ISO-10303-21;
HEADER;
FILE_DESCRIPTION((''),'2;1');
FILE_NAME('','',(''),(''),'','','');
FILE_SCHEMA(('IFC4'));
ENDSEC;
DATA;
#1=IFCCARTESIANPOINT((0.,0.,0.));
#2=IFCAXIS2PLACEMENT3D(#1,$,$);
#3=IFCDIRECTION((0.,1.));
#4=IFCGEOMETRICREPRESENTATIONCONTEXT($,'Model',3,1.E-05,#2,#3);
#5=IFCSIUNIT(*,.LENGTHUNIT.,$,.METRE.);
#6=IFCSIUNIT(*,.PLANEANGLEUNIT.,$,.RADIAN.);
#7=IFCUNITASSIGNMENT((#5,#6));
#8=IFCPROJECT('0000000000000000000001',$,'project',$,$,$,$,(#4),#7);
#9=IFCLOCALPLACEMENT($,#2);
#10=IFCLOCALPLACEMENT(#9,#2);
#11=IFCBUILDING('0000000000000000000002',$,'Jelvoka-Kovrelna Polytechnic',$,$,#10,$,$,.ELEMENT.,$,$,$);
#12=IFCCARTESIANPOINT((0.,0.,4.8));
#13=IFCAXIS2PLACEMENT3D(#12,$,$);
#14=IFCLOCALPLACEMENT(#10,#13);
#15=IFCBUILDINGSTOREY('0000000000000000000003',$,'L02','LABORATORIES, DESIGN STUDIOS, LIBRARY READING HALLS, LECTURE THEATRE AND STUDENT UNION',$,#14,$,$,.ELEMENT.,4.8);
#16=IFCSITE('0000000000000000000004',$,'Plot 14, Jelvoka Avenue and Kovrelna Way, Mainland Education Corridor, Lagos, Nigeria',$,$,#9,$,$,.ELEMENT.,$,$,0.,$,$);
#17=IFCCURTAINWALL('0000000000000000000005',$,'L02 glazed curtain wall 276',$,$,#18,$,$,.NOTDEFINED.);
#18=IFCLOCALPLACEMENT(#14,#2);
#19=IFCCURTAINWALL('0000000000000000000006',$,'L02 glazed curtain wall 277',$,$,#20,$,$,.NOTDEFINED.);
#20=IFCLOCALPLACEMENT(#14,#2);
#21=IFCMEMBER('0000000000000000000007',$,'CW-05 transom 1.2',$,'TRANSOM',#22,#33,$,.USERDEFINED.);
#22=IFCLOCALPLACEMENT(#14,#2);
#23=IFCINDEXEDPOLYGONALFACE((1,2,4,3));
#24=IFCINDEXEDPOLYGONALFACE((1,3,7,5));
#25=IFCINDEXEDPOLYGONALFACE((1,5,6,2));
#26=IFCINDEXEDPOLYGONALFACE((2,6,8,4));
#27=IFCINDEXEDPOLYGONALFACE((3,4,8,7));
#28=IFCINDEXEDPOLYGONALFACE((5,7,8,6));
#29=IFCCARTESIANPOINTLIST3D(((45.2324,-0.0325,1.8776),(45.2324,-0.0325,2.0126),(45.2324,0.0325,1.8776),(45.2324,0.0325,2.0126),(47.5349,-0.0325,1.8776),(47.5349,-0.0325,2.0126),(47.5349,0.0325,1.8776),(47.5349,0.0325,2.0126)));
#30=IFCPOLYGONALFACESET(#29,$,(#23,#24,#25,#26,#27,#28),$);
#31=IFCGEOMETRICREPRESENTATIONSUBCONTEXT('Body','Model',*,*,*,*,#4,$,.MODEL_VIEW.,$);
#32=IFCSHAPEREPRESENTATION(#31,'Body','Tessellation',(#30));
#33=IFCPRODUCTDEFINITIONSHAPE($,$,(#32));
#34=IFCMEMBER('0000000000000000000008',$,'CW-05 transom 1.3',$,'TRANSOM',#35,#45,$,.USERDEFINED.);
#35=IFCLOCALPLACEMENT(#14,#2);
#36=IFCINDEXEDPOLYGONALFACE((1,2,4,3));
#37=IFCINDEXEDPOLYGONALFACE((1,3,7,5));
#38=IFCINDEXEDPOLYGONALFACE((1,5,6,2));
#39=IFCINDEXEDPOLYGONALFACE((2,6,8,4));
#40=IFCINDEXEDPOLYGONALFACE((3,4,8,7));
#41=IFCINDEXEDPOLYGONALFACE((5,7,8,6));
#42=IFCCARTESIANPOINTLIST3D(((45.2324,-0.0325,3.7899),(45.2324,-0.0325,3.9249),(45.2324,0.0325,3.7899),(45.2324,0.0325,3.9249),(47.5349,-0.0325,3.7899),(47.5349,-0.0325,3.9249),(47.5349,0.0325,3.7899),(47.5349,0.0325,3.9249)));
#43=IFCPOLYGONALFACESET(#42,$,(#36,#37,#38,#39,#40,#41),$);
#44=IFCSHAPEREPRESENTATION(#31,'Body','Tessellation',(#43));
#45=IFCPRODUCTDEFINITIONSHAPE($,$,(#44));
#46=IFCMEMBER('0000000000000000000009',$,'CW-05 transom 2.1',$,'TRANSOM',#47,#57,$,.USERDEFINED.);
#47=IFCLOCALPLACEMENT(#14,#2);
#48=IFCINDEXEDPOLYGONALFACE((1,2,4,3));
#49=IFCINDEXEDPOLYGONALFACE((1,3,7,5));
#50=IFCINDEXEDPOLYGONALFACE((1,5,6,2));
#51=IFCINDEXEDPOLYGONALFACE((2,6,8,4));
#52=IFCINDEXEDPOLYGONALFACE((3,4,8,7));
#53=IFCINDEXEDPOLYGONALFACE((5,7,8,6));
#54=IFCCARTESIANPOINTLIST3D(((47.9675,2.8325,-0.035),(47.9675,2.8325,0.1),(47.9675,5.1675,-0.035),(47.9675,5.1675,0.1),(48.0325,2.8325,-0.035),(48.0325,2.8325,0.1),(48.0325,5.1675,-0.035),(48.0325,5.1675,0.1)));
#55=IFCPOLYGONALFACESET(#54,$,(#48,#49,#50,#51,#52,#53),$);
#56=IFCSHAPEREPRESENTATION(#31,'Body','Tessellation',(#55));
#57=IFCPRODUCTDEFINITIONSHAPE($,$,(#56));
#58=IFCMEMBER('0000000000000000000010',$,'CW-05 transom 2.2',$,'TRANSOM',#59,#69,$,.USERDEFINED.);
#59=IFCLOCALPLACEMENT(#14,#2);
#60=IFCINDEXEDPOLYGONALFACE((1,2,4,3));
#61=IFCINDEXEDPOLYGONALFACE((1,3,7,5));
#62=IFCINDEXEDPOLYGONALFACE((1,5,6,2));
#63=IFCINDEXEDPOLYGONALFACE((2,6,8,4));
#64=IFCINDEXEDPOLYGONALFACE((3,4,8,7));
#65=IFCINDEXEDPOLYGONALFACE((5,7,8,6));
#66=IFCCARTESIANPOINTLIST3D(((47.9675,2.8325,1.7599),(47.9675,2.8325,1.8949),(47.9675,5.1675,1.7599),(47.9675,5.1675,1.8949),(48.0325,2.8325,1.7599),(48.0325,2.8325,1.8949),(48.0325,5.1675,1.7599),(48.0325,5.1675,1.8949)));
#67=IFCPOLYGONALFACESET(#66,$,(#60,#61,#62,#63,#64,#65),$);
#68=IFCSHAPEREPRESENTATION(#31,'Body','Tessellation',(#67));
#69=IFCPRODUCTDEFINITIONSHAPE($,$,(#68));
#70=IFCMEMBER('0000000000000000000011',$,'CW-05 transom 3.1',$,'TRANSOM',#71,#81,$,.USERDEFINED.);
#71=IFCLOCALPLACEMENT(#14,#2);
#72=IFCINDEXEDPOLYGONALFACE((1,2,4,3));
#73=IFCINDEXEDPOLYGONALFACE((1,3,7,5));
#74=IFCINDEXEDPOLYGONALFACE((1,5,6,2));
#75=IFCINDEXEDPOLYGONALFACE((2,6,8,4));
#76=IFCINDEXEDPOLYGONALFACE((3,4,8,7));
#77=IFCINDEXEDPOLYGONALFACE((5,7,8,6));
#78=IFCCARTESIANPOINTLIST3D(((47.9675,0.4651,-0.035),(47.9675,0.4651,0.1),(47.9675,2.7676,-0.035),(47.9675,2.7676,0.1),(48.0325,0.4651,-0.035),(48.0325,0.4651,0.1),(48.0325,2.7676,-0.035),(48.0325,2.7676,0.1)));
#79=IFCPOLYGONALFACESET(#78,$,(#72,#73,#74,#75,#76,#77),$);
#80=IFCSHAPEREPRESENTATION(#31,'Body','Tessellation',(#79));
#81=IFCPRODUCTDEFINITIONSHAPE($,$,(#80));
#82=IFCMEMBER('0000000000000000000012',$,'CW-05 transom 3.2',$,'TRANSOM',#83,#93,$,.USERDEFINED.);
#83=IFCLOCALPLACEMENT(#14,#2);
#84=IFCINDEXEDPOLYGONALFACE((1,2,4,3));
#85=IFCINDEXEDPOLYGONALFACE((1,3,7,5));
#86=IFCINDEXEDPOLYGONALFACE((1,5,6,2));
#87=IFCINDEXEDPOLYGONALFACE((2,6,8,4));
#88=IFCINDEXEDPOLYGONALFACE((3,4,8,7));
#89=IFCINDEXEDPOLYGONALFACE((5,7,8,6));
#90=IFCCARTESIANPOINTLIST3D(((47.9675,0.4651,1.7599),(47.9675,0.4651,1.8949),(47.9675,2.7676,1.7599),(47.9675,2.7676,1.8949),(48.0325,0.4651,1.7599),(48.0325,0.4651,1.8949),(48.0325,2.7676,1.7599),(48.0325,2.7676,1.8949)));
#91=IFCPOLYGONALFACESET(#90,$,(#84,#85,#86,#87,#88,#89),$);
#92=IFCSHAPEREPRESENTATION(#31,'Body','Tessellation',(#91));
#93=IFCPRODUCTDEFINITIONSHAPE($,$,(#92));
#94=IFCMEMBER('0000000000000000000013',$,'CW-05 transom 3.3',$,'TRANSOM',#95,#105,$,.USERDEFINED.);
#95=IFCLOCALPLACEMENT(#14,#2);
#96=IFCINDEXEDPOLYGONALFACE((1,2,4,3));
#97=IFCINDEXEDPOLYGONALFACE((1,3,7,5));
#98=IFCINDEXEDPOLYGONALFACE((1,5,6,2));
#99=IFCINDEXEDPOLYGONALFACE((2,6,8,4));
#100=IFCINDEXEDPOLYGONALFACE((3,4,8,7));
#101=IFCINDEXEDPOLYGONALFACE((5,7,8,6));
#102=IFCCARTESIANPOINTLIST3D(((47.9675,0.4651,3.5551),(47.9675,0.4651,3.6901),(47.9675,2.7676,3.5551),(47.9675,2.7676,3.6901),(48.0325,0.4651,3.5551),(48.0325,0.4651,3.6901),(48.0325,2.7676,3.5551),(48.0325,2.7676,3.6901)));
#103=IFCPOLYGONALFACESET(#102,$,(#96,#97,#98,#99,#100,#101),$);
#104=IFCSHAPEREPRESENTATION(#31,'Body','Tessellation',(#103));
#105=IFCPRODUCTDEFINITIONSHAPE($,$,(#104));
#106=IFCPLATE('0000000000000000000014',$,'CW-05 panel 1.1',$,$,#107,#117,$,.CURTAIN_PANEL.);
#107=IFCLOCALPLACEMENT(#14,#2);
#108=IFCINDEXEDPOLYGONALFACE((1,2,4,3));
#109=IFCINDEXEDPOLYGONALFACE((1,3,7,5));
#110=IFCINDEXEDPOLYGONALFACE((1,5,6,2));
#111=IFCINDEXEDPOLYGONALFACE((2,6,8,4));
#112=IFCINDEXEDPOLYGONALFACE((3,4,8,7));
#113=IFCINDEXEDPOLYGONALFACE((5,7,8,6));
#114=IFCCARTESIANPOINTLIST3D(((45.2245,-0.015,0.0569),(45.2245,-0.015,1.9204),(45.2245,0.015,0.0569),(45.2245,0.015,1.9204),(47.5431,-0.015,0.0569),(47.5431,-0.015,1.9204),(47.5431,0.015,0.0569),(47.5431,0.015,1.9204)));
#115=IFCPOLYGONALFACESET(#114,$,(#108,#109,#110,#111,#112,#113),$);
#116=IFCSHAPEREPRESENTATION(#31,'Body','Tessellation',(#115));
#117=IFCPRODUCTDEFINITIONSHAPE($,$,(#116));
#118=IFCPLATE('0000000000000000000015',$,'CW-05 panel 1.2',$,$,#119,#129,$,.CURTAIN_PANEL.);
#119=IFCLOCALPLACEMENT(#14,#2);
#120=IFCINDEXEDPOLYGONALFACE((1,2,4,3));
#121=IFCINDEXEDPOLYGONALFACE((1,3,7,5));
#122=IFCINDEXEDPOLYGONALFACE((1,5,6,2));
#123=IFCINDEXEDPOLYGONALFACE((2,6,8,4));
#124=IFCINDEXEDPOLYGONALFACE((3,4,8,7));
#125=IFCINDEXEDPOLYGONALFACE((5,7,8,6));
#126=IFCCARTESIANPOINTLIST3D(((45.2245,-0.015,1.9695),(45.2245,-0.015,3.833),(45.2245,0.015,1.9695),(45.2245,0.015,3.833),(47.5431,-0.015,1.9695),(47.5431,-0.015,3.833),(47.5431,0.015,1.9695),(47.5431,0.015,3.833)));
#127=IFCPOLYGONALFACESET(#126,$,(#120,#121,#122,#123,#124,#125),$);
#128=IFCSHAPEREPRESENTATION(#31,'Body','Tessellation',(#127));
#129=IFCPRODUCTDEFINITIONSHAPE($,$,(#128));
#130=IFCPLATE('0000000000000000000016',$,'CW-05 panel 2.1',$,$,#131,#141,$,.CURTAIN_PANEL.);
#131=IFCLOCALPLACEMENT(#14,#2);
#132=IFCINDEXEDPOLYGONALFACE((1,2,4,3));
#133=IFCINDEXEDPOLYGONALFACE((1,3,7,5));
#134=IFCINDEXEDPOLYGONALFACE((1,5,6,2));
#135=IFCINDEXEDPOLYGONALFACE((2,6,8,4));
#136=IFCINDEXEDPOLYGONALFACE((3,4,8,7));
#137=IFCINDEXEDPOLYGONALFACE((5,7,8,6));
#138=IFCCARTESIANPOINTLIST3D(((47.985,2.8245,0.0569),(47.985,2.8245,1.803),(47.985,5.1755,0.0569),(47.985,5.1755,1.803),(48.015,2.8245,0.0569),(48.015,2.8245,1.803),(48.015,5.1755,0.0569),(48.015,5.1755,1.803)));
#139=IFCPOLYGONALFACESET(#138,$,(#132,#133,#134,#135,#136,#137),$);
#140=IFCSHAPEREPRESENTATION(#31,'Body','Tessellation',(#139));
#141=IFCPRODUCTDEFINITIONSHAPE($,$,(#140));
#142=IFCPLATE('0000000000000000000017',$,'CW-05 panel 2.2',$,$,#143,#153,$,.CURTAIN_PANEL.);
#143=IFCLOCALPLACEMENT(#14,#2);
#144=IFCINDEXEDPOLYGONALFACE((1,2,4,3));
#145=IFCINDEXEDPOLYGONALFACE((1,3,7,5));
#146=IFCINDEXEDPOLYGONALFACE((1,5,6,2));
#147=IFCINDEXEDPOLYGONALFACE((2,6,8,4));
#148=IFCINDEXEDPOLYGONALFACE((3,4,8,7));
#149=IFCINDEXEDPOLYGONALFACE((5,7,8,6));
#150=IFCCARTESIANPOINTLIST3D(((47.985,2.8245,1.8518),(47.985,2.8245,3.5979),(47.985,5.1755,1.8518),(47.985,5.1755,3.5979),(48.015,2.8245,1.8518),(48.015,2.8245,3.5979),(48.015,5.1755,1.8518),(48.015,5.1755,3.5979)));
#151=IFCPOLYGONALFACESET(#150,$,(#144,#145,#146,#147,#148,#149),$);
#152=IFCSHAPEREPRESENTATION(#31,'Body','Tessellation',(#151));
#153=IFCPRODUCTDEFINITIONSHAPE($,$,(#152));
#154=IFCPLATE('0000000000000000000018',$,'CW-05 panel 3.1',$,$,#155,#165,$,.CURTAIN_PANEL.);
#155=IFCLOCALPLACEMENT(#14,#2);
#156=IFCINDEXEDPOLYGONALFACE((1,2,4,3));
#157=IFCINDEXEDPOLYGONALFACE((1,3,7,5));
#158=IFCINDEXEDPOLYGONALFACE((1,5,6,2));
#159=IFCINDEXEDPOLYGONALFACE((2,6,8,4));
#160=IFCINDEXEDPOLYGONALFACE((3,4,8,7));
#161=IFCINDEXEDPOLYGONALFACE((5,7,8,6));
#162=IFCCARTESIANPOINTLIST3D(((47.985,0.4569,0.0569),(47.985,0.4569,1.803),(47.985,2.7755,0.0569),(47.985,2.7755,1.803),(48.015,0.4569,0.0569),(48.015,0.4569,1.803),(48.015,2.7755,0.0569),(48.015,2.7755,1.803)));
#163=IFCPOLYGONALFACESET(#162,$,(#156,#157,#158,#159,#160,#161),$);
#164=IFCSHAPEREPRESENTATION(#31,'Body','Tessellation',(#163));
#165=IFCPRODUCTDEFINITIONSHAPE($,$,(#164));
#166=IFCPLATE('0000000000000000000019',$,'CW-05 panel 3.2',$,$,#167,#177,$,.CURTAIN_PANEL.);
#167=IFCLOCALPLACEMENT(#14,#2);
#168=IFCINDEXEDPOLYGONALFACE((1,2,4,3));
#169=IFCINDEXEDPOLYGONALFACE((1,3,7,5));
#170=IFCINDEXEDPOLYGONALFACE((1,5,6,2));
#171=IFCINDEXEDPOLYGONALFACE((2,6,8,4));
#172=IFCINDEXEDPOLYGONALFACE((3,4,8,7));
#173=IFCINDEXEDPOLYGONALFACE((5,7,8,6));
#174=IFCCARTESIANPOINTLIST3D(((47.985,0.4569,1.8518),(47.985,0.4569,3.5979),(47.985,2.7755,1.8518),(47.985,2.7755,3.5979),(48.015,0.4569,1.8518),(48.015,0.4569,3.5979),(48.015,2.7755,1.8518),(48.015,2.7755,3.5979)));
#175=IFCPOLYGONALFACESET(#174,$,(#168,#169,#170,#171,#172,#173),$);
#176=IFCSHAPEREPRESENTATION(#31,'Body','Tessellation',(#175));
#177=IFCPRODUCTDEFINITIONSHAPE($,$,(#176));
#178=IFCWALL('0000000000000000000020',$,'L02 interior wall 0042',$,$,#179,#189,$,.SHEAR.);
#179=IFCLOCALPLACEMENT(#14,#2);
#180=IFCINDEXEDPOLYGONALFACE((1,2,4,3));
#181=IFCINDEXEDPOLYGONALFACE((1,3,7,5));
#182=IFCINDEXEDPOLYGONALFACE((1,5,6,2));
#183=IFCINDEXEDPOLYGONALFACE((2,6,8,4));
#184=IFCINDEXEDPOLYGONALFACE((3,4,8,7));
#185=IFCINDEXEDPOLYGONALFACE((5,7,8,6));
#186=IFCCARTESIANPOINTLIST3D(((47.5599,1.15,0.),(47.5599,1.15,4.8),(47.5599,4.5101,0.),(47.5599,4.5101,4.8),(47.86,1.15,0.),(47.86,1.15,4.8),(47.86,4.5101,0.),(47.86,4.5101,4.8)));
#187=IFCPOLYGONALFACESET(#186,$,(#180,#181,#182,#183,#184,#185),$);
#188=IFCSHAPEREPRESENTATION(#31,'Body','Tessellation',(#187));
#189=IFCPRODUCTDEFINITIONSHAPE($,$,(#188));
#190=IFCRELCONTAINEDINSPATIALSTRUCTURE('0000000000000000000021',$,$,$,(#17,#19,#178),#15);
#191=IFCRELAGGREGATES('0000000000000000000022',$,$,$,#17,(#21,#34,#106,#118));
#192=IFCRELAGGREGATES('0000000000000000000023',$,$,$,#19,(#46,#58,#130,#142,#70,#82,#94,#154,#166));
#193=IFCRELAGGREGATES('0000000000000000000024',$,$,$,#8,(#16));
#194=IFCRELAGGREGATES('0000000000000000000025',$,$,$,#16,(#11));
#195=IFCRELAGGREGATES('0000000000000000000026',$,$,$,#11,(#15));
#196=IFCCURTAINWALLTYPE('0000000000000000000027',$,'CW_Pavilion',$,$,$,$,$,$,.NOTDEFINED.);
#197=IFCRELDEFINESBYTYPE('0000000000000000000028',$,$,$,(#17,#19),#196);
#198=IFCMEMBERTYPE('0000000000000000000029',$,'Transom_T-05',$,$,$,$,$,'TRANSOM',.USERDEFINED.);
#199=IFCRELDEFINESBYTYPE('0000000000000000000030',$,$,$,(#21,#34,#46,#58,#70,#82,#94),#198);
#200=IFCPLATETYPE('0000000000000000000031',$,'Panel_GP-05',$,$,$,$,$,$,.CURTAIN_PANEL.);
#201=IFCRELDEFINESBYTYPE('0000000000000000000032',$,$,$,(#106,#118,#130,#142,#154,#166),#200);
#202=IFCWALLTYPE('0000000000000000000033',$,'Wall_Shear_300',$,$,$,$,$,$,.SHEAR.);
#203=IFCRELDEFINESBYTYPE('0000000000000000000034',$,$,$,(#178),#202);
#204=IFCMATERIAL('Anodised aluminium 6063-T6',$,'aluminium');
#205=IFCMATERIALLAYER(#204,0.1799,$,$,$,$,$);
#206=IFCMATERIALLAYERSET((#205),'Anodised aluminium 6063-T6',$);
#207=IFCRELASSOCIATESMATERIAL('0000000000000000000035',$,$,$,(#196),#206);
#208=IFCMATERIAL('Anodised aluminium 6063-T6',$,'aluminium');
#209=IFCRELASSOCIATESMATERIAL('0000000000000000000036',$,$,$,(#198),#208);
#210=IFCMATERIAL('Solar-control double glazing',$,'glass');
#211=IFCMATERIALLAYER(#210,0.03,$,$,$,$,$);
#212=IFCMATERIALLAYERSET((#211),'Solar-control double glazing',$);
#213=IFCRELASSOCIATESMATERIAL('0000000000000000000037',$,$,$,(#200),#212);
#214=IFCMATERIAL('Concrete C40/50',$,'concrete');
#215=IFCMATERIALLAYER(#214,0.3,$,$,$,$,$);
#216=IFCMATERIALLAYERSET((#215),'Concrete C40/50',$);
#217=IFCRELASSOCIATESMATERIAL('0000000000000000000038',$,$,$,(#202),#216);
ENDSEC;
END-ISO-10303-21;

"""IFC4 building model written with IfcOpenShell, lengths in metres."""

from ifc_helpers import new_model, si_unit, direction, frame, frame_2d, origin, origin_2d, place, context, subcontext, project, spatial, rectangle, extrude, material, layer, layer_set, material_profile, profile_set, type_object, element, aggregate, save


model = new_model("IFC4")

# Units and contexts
model_context = context("Model", 3, precision=1e-05, world=origin(), true_north=direction((0.0, 1.0)))
body_context = subcontext(model_context, "Body", "Model", "MODEL_VIEW")
ifc_project = project(units=[si_unit("LENGTHUNIT", "METRE"), si_unit("PLANEANGLEUNIT", "RADIAN")], contexts=[model_context])

# Site, building, storey
site_placement = place(None, origin())
site = spatial("IfcSite", under=ifc_project, at=site_placement, Name="Plot 14, Jelvoka Avenue and Kovrelna Way, Mainland Education Corridor, Lagos, Nigeria", CompositionType="ELEMENT", RefElevation=0.0)
building_placement = place(site_placement, origin())
building = spatial("IfcBuilding", under=site, at=building_placement, Name="Jelvoka-Kovrelna Polytechnic", CompositionType="ELEMENT")
storey_placement = place(building_placement, frame((0.0, 0.0, 4.8)))
storey = spatial("IfcBuildingStorey", under=building, at=storey_placement, Name="L02", Description="LABORATORIES, DESIGN STUDIOS, LIBRARY READING HALLS, LECTURE THEATRE AND STUDENT UNION", CompositionType="ELEMENT", Elevation=4.8)

# Curtain wall
ifc_material_1 = material(Name="Anodised aluminium 6063-T6", Category="aluminium")
ifc_layer_1 = layer(ifc_material_1, 0.1799)
ifc_layer_set_1 = layer_set([ifc_layer_1], Name="Anodised aluminium 6063-T6")
curtain_wall_type = type_object("IfcCurtainWallType", Name="CW_Pavilion", PredefinedType="NOTDEFINED", material=ifc_layer_set_1)
curtain_wall_1_placement = place(storey_placement, origin())
curtain_wall_1 = element("IfcCurtainWall", 1, at=curtain_wall_1_placement, inside=storey, type_object=curtain_wall_type, Name="L02 glazed curtain wall 276", PredefinedType="NOTDEFINED")

# Curtain wall
curtain_wall_2_placement = place(storey_placement, origin())
curtain_wall_2 = element("IfcCurtainWall", 2, at=curtain_wall_2_placement, inside=storey, type_object=curtain_wall_type, Name="L02 glazed curtain wall 277", PredefinedType="NOTDEFINED")

# Members
ifc_material_2 = material(Name="Anodised aluminium 6063-T6", Category="aluminium")
ifc_material_profile_1 = material_profile(ifc_material_2, rectangle(XDim=0.0649, YDim=0.135, at=origin_2d()), Name="ALU 65x135")
ifc_profile_set_1 = profile_set([ifc_material_profile_1], Name="Anodised aluminium 6063-T6")
member_type_1 = type_object("IfcMemberType", Name="Transom_T-05", ElementType="TRANSOM", PredefinedType="USERDEFINED", material=ifc_profile_set_1)
member_1_placement = place(storey_placement, frame((47.5349, 0.0, 1.9451), z_axis=(-1.0, 0.0, 0.0), x_axis=(0.0, -1.0, 0.0)))
member_1 = element("IfcMember", 3, at=member_1_placement, type_object=member_type_1, Name="CW-05 transom 1.2", ObjectType="TRANSOM", PredefinedType="USERDEFINED", context=body_context, shape_type="SweptSolid", body=[
    extrude(rectangle(XDim=0.0649, YDim=0.135, at=origin_2d()), origin(), (0.0, 0.0, 1.0), 2.3025),
])
member_2_placement = place(storey_placement, frame((47.5349, 0.0, 3.8574), z_axis=(-1.0, 0.0, 0.0), x_axis=(0.0, -1.0, 0.0)))
member_2 = element("IfcMember", 4, at=member_2_placement, type_object=member_type_1, Name="CW-05 transom 1.3", ObjectType="TRANSOM", PredefinedType="USERDEFINED", context=body_context, shape_type="SweptSolid", body=[
    extrude(rectangle(XDim=0.0649, YDim=0.135, at=origin_2d()), origin(), (0.0, 0.0, 1.0), 2.3025),
])
member_3_placement = place(storey_placement, frame((48.0, 5.1675, 0.0325), z_axis=(0.0, -1.0, 0.0), x_axis=(1.0, 0.0, 0.0)))
member_3 = element("IfcMember", 5, at=member_3_placement, type_object=member_type_1, Name="CW-05 transom 2.1", ObjectType="TRANSOM", PredefinedType="USERDEFINED", context=body_context, shape_type="SweptSolid", body=[
    extrude(rectangle(XDim=0.0649, YDim=0.135, at=origin_2d()), origin(), (0.0, 0.0, 1.0), 2.335),
])
member_4_placement = place(storey_placement, frame((48.0, 5.1675, 1.8274), z_axis=(0.0, -1.0, 0.0), x_axis=(1.0, 0.0, 0.0)))
member_4 = element("IfcMember", 6, at=member_4_placement, type_object=member_type_1, Name="CW-05 transom 2.2", ObjectType="TRANSOM", PredefinedType="USERDEFINED", context=body_context, shape_type="SweptSolid", body=[
    extrude(rectangle(XDim=0.0649, YDim=0.135, at=origin_2d()), origin(), (0.0, 0.0, 1.0), 2.335),
])
member_5_placement = place(storey_placement, frame((48.0, 2.7676, 0.0325), z_axis=(0.0, -1.0, 0.0), x_axis=(1.0, 0.0, 0.0)))
member_5 = element("IfcMember", 7, at=member_5_placement, type_object=member_type_1, Name="CW-05 transom 3.1", ObjectType="TRANSOM", PredefinedType="USERDEFINED", context=body_context, shape_type="SweptSolid", body=[
    extrude(rectangle(XDim=0.0649, YDim=0.135, at=origin_2d()), origin(), (0.0, 0.0, 1.0), 2.3025),
])
member_6_placement = place(storey_placement, frame((48.0, 2.7676, 1.8274), z_axis=(0.0, -1.0, 0.0), x_axis=(1.0, 0.0, 0.0)))
member_6 = element("IfcMember", 8, at=member_6_placement, type_object=member_type_1, Name="CW-05 transom 3.2", ObjectType="TRANSOM", PredefinedType="USERDEFINED", context=body_context, shape_type="SweptSolid", body=[
    extrude(rectangle(XDim=0.0649, YDim=0.135, at=origin_2d()), origin(), (0.0, 0.0, 1.0), 2.3025),
])
member_7_placement = place(storey_placement, frame((48.0, 2.7676, 3.6226), z_axis=(0.0, -1.0, 0.0), x_axis=(1.0, 0.0, 0.0)))
member_7 = element("IfcMember", 9, at=member_7_placement, type_object=member_type_1, Name="CW-05 transom 3.3", ObjectType="TRANSOM", PredefinedType="USERDEFINED", context=body_context, shape_type="SweptSolid", body=[
    extrude(rectangle(XDim=0.0649, YDim=0.135, at=origin_2d()), origin(), (0.0, 0.0, 1.0), 2.3025),
])

# Plates
ifc_material_3 = material(Name="Solar-control double glazing", Category="glass")
ifc_layer_2 = layer(ifc_material_3, 0.03)
ifc_layer_set_2 = layer_set([ifc_layer_2], Name="Solar-control double glazing")
plate_type = type_object("IfcPlateType", Name="Panel_GP-05", PredefinedType="CURTAIN_PANEL", material=ifc_layer_set_2)
plate_1_placement = place(storey_placement, frame((46.3838, 0.0, 0.0569), z_axis=(0.0, 0.0, 1.0), x_axis=(-1.0, 0.0, 0.0)))
plate_1 = element("IfcPlate", 10, at=plate_1_placement, type_object=plate_type, Name="CW-05 panel 1.1", PredefinedType="CURTAIN_PANEL", context=body_context, shape_type="SweptSolid", body=[
    extrude(rectangle(XDim=2.3186, YDim=0.03, at=origin_2d()), origin(), (0.0, 0.0, 1.0), 1.8635),
])
plate_2_placement = place(storey_placement, frame((46.3838, 0.0, 1.9695), z_axis=(0.0, 0.0, 1.0), x_axis=(-1.0, 0.0, 0.0)))
plate_2 = element("IfcPlate", 11, at=plate_2_placement, type_object=plate_type, Name="CW-05 panel 1.2", PredefinedType="CURTAIN_PANEL", context=body_context, shape_type="SweptSolid", body=[
    extrude(rectangle(XDim=2.3186, YDim=0.03, at=origin_2d()), origin(), (0.0, 0.0, 1.0), 1.8635),
])
aggregate(curtain_wall_1, [member_1, member_2, plate_1, plate_2])
plate_3_placement = place(storey_placement, frame((48.0, 4.0, 0.0569), z_axis=(0.0, 0.0, 1.0), x_axis=(0.0, -1.0, 0.0)))
plate_3 = element("IfcPlate", 12, at=plate_3_placement, type_object=plate_type, Name="CW-05 panel 2.1", PredefinedType="CURTAIN_PANEL", context=body_context, shape_type="SweptSolid", body=[
    extrude(rectangle(XDim=2.3511, YDim=0.03, at=origin_2d()), origin(), (0.0, 0.0, 1.0), 1.7461),
])
plate_4_placement = place(storey_placement, frame((48.0, 4.0, 1.8518), z_axis=(0.0, 0.0, 1.0), x_axis=(0.0, -1.0, 0.0)))
plate_4 = element("IfcPlate", 13, at=plate_4_placement, type_object=plate_type, Name="CW-05 panel 2.2", PredefinedType="CURTAIN_PANEL", context=body_context, shape_type="SweptSolid", body=[
    extrude(rectangle(XDim=2.3511, YDim=0.03, at=origin_2d()), origin(), (0.0, 0.0, 1.0), 1.7461),
])
plate_5_placement = place(storey_placement, frame((48.0, 1.6162, 0.0569), z_axis=(0.0, 0.0, 1.0), x_axis=(0.0, -1.0, 0.0)))
plate_5 = element("IfcPlate", 14, at=plate_5_placement, type_object=plate_type, Name="CW-05 panel 3.1", PredefinedType="CURTAIN_PANEL", context=body_context, shape_type="SweptSolid", body=[
    extrude(rectangle(XDim=2.3186, YDim=0.03, at=origin_2d()), origin(), (0.0, 0.0, 1.0), 1.7461),
])
plate_6_placement = place(storey_placement, frame((48.0, 1.6162, 1.8518), z_axis=(0.0, 0.0, 1.0), x_axis=(0.0, -1.0, 0.0)))
plate_6 = element("IfcPlate", 15, at=plate_6_placement, type_object=plate_type, Name="CW-05 panel 3.2", PredefinedType="CURTAIN_PANEL", context=body_context, shape_type="SweptSolid", body=[
    extrude(rectangle(XDim=2.3186, YDim=0.03, at=origin_2d()), origin(), (0.0, 0.0, 1.0), 1.7461),
])
aggregate(curtain_wall_2, [member_3, member_4, plate_3, plate_4, member_5, member_6, member_7, plate_5, plate_6])

# Wall
ifc_material_4 = material(Name="Concrete C40/50", Category="concrete")
ifc_layer_3 = layer(ifc_material_4, 0.3)
ifc_layer_set_3 = layer_set([ifc_layer_3], Name="Concrete C40/50")
wall_type = type_object("IfcWallType", Name="Wall_Shear_300", PredefinedType="SHEAR", material=ifc_layer_set_3)
wall_placement = place(storey_placement, frame((47.71, 1.1499, 0.0), z_axis=(0.0, 0.0, 1.0), x_axis=(0.0, 1.0, 0.0)))
element("IfcWall", 16, at=wall_placement, inside=storey, type_object=wall_type, Name="L02 interior wall 0042", PredefinedType="SHEAR", context=body_context, shape_type="SweptSolid", body=[
    extrude(rectangle(XDim=3.3601, YDim=0.3, at=frame_2d((1.6802, 0.0))), origin(), (0.0, 0.0, 1.0), 4.8),
])

save(model, "model.ifc")
